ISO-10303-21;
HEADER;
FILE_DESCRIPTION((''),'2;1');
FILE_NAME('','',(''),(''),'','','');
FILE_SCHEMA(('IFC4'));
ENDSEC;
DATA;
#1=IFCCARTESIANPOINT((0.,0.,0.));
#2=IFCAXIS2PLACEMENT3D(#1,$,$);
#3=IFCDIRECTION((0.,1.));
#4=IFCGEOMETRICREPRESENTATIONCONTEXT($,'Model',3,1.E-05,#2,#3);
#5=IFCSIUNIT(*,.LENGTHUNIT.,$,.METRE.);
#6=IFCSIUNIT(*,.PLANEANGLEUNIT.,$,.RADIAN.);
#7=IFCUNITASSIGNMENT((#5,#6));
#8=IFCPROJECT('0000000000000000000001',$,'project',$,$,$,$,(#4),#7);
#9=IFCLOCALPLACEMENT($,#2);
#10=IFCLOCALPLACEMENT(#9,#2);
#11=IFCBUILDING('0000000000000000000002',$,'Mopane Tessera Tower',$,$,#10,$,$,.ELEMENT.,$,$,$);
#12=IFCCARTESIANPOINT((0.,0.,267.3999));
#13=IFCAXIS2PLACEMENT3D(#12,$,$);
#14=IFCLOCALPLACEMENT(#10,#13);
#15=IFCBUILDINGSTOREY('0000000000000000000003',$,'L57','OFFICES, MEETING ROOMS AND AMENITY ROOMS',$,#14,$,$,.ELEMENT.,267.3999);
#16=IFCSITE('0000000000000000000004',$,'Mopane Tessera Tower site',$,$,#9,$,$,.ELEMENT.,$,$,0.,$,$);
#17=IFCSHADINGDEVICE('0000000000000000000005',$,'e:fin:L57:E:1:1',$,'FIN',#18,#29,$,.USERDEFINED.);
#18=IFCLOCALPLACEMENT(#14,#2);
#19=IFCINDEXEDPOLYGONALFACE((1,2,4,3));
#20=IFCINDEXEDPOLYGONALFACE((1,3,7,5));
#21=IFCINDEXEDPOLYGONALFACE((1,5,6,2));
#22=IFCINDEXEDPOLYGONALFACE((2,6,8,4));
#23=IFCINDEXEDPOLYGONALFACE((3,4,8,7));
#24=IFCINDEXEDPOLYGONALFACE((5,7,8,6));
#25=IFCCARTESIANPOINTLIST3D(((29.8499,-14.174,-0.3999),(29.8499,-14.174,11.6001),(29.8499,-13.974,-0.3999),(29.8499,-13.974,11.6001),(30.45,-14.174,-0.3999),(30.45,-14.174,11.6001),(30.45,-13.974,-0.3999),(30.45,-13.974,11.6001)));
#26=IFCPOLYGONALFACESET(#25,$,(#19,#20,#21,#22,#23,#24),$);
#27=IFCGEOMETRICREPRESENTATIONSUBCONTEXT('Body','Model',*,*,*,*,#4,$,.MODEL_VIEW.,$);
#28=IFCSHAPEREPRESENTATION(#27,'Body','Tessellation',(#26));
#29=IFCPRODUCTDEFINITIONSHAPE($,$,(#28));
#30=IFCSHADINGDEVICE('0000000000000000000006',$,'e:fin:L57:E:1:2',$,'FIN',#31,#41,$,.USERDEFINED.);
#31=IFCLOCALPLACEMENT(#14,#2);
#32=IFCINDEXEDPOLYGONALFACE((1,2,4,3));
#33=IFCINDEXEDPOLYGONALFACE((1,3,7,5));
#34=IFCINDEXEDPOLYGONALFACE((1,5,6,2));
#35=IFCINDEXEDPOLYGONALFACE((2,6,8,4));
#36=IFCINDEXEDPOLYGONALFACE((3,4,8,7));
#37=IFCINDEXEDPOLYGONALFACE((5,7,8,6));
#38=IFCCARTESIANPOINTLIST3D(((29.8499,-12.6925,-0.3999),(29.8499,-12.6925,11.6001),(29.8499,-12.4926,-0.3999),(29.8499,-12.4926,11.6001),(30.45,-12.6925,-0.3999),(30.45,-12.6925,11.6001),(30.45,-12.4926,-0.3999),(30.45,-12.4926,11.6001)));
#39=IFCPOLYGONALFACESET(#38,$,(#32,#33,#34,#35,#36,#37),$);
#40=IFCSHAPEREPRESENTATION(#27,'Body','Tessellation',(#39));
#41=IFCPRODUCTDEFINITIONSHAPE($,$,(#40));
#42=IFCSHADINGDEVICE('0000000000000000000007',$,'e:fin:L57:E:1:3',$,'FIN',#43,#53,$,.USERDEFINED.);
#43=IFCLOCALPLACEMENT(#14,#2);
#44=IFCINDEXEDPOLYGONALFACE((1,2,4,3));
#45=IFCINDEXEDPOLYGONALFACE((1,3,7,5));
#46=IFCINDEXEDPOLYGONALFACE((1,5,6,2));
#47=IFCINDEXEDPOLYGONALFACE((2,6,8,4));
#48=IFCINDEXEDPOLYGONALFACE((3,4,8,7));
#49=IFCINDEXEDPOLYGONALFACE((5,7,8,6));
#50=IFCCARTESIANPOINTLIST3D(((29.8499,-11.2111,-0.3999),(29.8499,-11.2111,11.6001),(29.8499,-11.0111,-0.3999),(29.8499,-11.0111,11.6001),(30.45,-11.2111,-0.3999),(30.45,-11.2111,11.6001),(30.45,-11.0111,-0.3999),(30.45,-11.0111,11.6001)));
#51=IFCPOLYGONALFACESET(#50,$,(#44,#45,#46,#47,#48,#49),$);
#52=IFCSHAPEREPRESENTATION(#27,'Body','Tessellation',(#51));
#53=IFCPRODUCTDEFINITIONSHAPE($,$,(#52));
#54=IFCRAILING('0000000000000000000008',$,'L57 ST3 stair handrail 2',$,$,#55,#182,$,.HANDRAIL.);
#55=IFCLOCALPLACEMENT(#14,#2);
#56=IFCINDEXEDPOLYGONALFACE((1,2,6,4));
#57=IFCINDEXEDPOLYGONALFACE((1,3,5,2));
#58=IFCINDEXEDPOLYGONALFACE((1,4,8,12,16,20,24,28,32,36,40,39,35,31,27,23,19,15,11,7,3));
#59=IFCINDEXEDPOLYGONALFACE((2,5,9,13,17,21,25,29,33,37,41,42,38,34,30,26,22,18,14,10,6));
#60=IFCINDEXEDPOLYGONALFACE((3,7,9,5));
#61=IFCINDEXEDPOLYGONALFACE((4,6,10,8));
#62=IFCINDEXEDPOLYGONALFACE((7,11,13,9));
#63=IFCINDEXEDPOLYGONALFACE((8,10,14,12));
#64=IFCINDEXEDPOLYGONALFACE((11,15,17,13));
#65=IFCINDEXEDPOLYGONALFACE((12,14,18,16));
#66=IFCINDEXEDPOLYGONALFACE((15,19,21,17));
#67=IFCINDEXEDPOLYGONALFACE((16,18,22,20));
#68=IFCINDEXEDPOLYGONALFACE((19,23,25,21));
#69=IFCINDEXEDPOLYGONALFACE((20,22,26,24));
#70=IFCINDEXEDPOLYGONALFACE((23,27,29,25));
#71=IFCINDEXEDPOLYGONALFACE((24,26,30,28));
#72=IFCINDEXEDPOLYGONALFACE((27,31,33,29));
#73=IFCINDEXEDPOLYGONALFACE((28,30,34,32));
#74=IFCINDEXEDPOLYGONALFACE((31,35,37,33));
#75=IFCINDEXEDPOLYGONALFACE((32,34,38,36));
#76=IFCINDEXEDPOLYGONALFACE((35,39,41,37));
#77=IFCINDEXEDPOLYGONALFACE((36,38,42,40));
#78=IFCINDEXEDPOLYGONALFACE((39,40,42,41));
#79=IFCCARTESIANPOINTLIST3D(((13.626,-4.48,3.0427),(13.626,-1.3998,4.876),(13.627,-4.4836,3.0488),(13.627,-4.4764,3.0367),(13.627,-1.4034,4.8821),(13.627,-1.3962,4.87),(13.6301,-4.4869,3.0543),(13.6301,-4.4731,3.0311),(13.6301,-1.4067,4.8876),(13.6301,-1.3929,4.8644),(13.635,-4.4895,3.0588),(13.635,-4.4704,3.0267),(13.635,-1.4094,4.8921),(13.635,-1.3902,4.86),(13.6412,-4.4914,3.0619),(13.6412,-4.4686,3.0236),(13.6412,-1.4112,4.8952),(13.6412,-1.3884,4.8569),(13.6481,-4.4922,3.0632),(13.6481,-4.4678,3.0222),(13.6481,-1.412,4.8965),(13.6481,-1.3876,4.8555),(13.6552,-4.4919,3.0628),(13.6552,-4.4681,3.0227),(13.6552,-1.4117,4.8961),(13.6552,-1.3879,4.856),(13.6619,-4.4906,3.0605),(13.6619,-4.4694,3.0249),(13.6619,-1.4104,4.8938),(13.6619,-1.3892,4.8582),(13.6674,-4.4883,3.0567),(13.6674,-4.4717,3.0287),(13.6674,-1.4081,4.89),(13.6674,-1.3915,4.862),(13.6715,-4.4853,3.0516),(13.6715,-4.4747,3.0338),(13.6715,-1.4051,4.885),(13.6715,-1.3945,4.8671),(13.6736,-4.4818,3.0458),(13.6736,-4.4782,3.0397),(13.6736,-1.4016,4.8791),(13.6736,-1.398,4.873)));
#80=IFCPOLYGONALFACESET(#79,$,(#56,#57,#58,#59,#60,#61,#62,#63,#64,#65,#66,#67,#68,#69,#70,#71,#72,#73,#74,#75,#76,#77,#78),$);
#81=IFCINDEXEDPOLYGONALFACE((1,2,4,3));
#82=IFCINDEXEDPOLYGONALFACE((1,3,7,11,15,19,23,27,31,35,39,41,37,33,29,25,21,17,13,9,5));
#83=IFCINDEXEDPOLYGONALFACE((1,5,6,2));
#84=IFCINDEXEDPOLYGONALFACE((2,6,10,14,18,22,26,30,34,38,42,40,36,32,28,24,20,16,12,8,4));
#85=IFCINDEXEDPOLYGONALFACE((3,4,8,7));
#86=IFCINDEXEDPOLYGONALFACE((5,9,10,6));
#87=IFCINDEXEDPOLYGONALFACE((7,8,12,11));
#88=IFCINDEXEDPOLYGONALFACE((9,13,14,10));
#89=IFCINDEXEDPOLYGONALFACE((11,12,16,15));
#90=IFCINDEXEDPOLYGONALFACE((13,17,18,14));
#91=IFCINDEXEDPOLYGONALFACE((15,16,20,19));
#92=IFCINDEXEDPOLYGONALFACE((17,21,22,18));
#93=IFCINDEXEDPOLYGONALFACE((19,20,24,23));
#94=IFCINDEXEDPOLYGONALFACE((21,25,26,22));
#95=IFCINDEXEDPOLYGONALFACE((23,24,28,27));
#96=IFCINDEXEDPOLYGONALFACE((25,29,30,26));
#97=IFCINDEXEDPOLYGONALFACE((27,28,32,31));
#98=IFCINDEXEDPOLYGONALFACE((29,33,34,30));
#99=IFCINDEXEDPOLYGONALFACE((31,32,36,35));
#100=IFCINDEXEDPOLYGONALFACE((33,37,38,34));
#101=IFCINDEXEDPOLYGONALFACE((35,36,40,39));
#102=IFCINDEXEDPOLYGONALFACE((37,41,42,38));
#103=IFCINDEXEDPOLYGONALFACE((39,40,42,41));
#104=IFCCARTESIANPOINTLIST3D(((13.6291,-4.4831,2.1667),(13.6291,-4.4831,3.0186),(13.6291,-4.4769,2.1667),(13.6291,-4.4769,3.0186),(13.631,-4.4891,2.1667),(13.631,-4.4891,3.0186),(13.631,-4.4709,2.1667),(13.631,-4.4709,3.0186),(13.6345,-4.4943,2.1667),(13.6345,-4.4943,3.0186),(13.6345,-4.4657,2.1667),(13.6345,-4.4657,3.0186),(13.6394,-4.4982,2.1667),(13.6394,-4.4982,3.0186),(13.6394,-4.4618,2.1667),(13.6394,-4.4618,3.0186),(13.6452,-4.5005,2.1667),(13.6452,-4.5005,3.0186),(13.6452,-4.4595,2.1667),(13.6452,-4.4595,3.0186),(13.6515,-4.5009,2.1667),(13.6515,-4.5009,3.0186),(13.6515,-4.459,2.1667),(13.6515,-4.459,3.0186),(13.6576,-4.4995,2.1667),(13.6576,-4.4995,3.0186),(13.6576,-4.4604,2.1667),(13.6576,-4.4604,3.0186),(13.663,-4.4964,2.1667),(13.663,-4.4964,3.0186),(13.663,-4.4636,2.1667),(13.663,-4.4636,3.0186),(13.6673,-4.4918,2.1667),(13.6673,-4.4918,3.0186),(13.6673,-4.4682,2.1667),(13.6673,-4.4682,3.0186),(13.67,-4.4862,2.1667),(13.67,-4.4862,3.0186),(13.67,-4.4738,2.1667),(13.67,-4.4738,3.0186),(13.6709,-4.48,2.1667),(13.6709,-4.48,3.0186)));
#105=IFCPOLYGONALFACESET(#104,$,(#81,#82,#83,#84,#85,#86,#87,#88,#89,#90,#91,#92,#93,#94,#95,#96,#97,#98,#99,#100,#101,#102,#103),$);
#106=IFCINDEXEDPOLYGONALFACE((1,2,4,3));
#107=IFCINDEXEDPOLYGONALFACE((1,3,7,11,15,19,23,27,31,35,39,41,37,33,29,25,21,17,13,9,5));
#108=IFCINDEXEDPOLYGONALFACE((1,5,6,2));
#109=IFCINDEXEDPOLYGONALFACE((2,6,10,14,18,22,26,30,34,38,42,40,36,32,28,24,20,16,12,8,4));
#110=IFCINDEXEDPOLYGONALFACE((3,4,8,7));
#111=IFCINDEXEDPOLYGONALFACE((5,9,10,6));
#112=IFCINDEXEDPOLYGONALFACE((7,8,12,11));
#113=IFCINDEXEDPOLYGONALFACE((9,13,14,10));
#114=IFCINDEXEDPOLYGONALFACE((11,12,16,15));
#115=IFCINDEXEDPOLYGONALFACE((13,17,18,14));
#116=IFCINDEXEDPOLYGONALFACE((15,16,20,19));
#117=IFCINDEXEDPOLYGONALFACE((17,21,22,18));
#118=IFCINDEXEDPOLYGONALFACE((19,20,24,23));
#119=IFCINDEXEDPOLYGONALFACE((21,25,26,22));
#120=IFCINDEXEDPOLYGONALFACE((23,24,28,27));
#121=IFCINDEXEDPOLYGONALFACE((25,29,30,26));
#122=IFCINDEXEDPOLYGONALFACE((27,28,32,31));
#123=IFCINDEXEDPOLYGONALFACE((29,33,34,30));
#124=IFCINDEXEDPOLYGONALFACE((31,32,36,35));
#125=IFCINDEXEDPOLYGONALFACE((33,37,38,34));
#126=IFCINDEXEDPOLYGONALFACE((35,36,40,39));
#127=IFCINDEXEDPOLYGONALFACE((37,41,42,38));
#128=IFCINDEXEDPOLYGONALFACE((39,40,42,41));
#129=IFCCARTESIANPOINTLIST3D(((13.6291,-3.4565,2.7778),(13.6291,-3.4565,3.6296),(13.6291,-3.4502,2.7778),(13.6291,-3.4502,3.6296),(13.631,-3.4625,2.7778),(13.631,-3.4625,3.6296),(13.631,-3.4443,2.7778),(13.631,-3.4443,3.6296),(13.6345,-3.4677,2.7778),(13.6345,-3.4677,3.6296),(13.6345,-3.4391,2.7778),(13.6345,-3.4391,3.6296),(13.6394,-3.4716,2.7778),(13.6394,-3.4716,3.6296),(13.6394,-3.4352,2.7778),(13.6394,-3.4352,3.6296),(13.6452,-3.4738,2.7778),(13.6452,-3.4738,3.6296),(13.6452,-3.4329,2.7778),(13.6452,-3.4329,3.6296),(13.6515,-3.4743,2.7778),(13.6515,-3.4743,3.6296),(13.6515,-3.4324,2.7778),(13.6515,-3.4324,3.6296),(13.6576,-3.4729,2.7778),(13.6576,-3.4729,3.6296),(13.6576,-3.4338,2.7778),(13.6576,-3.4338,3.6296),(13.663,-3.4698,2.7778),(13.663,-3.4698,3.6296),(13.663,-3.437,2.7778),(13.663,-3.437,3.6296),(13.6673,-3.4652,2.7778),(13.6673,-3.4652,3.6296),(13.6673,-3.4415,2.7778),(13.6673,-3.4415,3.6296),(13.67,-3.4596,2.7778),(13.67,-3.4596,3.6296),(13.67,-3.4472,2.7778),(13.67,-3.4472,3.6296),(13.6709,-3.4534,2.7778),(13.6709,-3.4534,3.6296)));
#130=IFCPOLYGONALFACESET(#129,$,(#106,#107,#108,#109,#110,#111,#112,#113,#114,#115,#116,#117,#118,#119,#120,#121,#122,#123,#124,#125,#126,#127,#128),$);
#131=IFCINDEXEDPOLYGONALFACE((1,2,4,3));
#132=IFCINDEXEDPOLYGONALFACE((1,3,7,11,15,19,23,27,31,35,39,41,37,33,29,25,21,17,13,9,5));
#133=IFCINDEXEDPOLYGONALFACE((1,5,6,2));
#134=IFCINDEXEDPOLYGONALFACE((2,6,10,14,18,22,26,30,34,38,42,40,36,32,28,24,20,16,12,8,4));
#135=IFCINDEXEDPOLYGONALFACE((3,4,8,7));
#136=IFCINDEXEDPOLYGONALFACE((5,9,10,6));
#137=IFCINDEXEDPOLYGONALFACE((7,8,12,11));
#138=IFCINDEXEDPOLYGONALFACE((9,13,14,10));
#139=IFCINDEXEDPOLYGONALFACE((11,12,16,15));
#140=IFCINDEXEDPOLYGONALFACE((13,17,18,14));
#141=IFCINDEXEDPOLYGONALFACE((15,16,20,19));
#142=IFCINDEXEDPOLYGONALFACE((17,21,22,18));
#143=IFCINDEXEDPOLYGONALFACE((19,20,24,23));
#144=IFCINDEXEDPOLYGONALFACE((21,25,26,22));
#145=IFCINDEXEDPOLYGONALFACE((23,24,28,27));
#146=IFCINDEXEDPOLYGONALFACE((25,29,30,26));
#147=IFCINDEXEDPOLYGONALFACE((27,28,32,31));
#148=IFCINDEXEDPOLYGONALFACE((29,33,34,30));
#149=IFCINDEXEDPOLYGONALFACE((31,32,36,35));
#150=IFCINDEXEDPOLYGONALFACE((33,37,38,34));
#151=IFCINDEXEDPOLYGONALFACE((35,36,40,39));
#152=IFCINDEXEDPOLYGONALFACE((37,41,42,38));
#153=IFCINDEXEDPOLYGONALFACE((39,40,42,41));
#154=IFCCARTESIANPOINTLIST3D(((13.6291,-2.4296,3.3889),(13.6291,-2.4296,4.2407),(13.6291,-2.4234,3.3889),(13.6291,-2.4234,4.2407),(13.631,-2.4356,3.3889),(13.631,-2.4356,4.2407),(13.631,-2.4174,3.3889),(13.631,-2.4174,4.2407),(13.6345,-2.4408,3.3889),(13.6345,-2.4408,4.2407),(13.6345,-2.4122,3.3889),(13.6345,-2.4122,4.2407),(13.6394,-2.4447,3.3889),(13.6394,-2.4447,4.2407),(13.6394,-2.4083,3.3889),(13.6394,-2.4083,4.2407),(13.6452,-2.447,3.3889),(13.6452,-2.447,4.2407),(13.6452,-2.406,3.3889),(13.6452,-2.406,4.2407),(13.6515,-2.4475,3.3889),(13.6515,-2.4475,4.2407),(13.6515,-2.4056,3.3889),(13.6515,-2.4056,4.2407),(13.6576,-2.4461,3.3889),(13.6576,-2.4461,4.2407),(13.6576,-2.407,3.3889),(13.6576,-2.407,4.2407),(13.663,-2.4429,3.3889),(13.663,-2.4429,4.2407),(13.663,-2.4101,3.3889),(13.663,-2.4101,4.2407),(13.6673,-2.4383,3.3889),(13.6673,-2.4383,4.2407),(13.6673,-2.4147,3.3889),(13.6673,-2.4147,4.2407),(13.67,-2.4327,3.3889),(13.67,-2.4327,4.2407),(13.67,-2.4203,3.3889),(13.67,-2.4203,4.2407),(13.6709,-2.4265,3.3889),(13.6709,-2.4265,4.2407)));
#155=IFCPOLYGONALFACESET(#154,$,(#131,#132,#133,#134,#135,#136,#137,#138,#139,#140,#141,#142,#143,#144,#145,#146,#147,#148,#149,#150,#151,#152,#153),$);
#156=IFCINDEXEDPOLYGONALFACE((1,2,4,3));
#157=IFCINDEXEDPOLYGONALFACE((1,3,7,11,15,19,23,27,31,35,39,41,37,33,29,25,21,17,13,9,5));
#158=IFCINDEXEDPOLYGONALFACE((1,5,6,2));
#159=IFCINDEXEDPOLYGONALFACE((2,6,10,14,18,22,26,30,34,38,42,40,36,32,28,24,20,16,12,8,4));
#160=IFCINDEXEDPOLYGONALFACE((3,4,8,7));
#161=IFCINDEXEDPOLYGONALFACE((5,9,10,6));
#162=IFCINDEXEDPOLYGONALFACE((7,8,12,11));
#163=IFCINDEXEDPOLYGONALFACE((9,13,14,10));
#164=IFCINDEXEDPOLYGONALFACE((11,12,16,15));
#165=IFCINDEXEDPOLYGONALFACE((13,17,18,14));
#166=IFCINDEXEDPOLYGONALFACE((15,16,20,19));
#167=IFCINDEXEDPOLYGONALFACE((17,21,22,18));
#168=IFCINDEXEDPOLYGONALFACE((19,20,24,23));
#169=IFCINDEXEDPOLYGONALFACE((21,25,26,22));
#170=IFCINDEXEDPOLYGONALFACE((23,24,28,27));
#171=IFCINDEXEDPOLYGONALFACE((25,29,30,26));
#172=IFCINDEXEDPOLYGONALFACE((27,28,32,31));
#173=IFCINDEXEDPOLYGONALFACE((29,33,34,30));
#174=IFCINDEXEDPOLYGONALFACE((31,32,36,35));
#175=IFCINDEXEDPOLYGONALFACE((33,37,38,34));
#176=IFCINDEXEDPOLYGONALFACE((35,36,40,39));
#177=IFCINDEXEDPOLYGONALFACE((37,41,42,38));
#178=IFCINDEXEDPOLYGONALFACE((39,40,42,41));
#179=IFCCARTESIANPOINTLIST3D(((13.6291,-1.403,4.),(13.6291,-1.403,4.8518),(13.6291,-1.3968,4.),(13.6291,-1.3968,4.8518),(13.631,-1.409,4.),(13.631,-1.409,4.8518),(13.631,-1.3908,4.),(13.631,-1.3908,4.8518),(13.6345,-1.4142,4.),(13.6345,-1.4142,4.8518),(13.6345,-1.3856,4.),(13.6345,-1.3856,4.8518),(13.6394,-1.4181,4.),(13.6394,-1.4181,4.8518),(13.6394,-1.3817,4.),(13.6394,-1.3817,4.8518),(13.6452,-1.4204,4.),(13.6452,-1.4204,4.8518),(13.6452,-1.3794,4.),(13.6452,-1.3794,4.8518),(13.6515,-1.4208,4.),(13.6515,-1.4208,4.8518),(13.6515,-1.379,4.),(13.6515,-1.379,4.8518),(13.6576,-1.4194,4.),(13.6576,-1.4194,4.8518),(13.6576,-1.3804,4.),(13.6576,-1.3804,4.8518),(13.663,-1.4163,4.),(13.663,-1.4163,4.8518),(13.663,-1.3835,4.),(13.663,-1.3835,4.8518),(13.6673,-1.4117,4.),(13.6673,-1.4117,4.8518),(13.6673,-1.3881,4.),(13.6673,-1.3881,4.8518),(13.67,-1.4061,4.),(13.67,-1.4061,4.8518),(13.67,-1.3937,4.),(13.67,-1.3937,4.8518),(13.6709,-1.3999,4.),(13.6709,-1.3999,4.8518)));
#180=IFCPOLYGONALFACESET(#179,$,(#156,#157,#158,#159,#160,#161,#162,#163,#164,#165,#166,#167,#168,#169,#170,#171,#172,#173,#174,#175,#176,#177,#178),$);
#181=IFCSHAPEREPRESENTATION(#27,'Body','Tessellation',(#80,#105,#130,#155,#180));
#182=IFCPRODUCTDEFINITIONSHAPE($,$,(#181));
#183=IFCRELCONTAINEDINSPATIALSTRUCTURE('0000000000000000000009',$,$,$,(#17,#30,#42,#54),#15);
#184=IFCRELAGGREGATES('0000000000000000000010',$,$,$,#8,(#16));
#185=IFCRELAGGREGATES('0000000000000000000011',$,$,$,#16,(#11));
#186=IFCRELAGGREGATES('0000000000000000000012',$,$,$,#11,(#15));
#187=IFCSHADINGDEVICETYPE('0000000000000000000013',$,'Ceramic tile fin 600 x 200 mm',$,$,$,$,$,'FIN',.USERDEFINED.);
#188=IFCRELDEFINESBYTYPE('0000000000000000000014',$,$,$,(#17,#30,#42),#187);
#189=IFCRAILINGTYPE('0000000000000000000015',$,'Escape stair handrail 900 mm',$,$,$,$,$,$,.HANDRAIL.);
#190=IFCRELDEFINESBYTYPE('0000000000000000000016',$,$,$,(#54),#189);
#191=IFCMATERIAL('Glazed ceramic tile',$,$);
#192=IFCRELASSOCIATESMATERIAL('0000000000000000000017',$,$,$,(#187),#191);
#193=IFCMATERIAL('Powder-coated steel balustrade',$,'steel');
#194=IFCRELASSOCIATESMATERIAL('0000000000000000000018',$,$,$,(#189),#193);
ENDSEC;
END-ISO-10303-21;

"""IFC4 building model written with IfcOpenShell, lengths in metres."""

from ifc_helpers import new_model, si_unit, direction, frame, origin, origin_2d, place, context, subcontext, project, spatial, rectangle, circle, extrude, material, type_object, element, save


model = new_model("IFC4")

# Units and contexts
model_context = context("Model", 3, precision=1e-05, world=origin(), true_north=direction((0.0, 1.0)))
body_context = subcontext(model_context, "Body", "Model", "MODEL_VIEW")
ifc_project = project(units=[si_unit("LENGTHUNIT", "METRE"), si_unit("PLANEANGLEUNIT", "RADIAN")], contexts=[model_context])

# Site, building, storey
site_placement = place(None, origin())
site = spatial("IfcSite", under=ifc_project, at=site_placement, Name="Mopane Tessera Tower site", CompositionType="ELEMENT", RefElevation=0.0)
building_placement = place(site_placement, origin())
building = spatial("IfcBuilding", under=site, at=building_placement, Name="Mopane Tessera Tower", CompositionType="ELEMENT")
storey_placement = place(building_placement, frame((0.0, 0.0, 267.3999)))
storey = spatial("IfcBuildingStorey", under=building, at=storey_placement, Name="L57", Description="OFFICES, MEETING ROOMS AND AMENITY ROOMS", CompositionType="ELEMENT", Elevation=267.3999)

# Shading devices
ifc_material_1 = material(Name="Glazed ceramic tile")
shading_device_type = type_object("IfcShadingDeviceType", Name="Ceramic tile fin 600 x 200 mm", ElementType="FIN", PredefinedType="USERDEFINED", material=ifc_material_1)
for number, where, z_axis, x_axis, name in (
    (1, (30.1499, -14.074, -0.3999), (0.0, 0.0, 1.0), (0.0, 1.0, 0.0), "e:fin:L57:E:1:1"),
    (2, (30.1499, -12.5925, -0.3999), (0.0, 0.0, 1.0), (0.0, 1.0, 0.0), "e:fin:L57:E:1:2"),
    (3, (30.1499, -11.1111, -0.3999), (0.0, 0.0, 1.0), (0.0, 1.0, 0.0), "e:fin:L57:E:1:3"),
):
    element("IfcShadingDevice", number, at=place(storey_placement, frame(where, z_axis=z_axis, x_axis=x_axis)), inside=storey, type_object=shading_device_type, Name=name, ObjectType="FIN", PredefinedType="USERDEFINED", context=body_context, shape_type="SweptSolid", body=[
        extrude(rectangle(XDim=0.2, YDim=0.6001, at=origin_2d()), origin(), (0.0, 0.0, 1.0), 12.0),
    ])

# Railing
ifc_material_2 = material(Name="Powder-coated steel balustrade", Category="steel")
railing_type_1 = type_object("IfcRailingType", Name="Escape stair handrail 900 mm", PredefinedType="HANDRAIL", material=ifc_material_2)
railing_1_placement = place(storey_placement, frame((13.6499, -4.48, 2.1667)))
element("IfcRailing", 4, at=railing_1_placement, inside=storey, type_object=railing_type_1, Name="L57 ST3 stair handrail 2", PredefinedType="HANDRAIL", context=body_context, shape_type="SweptSolid", body=[
    extrude(circle(Radius=0.0239, at=origin_2d()), frame((0.0, 0.0, 0.876), z_axis=(0.0, 0.859309, 0.511458), x_axis=(-1.0, 0.0, 0.0)), (0.0, 0.0, 1.0), 3.5845),
    extrude(circle(Radius=0.021, at=origin_2d()), origin(), (0.0, 0.0, 1.0), 0.8518),
    extrude(circle(Radius=0.021, at=origin_2d()), frame((0.0, 1.0266, 0.6111)), (0.0, 0.0, 1.0), 0.8518),
    extrude(circle(Radius=0.021, at=origin_2d()), frame((0.0, 2.0535, 1.2222)), (0.0, 0.0, 1.0), 0.8518),
    extrude(circle(Radius=0.021, at=origin_2d()), frame((0.0, 3.0801, 1.8333)), (0.0, 0.0, 1.0), 0.8518),
])

save(model, "model.ifc")
